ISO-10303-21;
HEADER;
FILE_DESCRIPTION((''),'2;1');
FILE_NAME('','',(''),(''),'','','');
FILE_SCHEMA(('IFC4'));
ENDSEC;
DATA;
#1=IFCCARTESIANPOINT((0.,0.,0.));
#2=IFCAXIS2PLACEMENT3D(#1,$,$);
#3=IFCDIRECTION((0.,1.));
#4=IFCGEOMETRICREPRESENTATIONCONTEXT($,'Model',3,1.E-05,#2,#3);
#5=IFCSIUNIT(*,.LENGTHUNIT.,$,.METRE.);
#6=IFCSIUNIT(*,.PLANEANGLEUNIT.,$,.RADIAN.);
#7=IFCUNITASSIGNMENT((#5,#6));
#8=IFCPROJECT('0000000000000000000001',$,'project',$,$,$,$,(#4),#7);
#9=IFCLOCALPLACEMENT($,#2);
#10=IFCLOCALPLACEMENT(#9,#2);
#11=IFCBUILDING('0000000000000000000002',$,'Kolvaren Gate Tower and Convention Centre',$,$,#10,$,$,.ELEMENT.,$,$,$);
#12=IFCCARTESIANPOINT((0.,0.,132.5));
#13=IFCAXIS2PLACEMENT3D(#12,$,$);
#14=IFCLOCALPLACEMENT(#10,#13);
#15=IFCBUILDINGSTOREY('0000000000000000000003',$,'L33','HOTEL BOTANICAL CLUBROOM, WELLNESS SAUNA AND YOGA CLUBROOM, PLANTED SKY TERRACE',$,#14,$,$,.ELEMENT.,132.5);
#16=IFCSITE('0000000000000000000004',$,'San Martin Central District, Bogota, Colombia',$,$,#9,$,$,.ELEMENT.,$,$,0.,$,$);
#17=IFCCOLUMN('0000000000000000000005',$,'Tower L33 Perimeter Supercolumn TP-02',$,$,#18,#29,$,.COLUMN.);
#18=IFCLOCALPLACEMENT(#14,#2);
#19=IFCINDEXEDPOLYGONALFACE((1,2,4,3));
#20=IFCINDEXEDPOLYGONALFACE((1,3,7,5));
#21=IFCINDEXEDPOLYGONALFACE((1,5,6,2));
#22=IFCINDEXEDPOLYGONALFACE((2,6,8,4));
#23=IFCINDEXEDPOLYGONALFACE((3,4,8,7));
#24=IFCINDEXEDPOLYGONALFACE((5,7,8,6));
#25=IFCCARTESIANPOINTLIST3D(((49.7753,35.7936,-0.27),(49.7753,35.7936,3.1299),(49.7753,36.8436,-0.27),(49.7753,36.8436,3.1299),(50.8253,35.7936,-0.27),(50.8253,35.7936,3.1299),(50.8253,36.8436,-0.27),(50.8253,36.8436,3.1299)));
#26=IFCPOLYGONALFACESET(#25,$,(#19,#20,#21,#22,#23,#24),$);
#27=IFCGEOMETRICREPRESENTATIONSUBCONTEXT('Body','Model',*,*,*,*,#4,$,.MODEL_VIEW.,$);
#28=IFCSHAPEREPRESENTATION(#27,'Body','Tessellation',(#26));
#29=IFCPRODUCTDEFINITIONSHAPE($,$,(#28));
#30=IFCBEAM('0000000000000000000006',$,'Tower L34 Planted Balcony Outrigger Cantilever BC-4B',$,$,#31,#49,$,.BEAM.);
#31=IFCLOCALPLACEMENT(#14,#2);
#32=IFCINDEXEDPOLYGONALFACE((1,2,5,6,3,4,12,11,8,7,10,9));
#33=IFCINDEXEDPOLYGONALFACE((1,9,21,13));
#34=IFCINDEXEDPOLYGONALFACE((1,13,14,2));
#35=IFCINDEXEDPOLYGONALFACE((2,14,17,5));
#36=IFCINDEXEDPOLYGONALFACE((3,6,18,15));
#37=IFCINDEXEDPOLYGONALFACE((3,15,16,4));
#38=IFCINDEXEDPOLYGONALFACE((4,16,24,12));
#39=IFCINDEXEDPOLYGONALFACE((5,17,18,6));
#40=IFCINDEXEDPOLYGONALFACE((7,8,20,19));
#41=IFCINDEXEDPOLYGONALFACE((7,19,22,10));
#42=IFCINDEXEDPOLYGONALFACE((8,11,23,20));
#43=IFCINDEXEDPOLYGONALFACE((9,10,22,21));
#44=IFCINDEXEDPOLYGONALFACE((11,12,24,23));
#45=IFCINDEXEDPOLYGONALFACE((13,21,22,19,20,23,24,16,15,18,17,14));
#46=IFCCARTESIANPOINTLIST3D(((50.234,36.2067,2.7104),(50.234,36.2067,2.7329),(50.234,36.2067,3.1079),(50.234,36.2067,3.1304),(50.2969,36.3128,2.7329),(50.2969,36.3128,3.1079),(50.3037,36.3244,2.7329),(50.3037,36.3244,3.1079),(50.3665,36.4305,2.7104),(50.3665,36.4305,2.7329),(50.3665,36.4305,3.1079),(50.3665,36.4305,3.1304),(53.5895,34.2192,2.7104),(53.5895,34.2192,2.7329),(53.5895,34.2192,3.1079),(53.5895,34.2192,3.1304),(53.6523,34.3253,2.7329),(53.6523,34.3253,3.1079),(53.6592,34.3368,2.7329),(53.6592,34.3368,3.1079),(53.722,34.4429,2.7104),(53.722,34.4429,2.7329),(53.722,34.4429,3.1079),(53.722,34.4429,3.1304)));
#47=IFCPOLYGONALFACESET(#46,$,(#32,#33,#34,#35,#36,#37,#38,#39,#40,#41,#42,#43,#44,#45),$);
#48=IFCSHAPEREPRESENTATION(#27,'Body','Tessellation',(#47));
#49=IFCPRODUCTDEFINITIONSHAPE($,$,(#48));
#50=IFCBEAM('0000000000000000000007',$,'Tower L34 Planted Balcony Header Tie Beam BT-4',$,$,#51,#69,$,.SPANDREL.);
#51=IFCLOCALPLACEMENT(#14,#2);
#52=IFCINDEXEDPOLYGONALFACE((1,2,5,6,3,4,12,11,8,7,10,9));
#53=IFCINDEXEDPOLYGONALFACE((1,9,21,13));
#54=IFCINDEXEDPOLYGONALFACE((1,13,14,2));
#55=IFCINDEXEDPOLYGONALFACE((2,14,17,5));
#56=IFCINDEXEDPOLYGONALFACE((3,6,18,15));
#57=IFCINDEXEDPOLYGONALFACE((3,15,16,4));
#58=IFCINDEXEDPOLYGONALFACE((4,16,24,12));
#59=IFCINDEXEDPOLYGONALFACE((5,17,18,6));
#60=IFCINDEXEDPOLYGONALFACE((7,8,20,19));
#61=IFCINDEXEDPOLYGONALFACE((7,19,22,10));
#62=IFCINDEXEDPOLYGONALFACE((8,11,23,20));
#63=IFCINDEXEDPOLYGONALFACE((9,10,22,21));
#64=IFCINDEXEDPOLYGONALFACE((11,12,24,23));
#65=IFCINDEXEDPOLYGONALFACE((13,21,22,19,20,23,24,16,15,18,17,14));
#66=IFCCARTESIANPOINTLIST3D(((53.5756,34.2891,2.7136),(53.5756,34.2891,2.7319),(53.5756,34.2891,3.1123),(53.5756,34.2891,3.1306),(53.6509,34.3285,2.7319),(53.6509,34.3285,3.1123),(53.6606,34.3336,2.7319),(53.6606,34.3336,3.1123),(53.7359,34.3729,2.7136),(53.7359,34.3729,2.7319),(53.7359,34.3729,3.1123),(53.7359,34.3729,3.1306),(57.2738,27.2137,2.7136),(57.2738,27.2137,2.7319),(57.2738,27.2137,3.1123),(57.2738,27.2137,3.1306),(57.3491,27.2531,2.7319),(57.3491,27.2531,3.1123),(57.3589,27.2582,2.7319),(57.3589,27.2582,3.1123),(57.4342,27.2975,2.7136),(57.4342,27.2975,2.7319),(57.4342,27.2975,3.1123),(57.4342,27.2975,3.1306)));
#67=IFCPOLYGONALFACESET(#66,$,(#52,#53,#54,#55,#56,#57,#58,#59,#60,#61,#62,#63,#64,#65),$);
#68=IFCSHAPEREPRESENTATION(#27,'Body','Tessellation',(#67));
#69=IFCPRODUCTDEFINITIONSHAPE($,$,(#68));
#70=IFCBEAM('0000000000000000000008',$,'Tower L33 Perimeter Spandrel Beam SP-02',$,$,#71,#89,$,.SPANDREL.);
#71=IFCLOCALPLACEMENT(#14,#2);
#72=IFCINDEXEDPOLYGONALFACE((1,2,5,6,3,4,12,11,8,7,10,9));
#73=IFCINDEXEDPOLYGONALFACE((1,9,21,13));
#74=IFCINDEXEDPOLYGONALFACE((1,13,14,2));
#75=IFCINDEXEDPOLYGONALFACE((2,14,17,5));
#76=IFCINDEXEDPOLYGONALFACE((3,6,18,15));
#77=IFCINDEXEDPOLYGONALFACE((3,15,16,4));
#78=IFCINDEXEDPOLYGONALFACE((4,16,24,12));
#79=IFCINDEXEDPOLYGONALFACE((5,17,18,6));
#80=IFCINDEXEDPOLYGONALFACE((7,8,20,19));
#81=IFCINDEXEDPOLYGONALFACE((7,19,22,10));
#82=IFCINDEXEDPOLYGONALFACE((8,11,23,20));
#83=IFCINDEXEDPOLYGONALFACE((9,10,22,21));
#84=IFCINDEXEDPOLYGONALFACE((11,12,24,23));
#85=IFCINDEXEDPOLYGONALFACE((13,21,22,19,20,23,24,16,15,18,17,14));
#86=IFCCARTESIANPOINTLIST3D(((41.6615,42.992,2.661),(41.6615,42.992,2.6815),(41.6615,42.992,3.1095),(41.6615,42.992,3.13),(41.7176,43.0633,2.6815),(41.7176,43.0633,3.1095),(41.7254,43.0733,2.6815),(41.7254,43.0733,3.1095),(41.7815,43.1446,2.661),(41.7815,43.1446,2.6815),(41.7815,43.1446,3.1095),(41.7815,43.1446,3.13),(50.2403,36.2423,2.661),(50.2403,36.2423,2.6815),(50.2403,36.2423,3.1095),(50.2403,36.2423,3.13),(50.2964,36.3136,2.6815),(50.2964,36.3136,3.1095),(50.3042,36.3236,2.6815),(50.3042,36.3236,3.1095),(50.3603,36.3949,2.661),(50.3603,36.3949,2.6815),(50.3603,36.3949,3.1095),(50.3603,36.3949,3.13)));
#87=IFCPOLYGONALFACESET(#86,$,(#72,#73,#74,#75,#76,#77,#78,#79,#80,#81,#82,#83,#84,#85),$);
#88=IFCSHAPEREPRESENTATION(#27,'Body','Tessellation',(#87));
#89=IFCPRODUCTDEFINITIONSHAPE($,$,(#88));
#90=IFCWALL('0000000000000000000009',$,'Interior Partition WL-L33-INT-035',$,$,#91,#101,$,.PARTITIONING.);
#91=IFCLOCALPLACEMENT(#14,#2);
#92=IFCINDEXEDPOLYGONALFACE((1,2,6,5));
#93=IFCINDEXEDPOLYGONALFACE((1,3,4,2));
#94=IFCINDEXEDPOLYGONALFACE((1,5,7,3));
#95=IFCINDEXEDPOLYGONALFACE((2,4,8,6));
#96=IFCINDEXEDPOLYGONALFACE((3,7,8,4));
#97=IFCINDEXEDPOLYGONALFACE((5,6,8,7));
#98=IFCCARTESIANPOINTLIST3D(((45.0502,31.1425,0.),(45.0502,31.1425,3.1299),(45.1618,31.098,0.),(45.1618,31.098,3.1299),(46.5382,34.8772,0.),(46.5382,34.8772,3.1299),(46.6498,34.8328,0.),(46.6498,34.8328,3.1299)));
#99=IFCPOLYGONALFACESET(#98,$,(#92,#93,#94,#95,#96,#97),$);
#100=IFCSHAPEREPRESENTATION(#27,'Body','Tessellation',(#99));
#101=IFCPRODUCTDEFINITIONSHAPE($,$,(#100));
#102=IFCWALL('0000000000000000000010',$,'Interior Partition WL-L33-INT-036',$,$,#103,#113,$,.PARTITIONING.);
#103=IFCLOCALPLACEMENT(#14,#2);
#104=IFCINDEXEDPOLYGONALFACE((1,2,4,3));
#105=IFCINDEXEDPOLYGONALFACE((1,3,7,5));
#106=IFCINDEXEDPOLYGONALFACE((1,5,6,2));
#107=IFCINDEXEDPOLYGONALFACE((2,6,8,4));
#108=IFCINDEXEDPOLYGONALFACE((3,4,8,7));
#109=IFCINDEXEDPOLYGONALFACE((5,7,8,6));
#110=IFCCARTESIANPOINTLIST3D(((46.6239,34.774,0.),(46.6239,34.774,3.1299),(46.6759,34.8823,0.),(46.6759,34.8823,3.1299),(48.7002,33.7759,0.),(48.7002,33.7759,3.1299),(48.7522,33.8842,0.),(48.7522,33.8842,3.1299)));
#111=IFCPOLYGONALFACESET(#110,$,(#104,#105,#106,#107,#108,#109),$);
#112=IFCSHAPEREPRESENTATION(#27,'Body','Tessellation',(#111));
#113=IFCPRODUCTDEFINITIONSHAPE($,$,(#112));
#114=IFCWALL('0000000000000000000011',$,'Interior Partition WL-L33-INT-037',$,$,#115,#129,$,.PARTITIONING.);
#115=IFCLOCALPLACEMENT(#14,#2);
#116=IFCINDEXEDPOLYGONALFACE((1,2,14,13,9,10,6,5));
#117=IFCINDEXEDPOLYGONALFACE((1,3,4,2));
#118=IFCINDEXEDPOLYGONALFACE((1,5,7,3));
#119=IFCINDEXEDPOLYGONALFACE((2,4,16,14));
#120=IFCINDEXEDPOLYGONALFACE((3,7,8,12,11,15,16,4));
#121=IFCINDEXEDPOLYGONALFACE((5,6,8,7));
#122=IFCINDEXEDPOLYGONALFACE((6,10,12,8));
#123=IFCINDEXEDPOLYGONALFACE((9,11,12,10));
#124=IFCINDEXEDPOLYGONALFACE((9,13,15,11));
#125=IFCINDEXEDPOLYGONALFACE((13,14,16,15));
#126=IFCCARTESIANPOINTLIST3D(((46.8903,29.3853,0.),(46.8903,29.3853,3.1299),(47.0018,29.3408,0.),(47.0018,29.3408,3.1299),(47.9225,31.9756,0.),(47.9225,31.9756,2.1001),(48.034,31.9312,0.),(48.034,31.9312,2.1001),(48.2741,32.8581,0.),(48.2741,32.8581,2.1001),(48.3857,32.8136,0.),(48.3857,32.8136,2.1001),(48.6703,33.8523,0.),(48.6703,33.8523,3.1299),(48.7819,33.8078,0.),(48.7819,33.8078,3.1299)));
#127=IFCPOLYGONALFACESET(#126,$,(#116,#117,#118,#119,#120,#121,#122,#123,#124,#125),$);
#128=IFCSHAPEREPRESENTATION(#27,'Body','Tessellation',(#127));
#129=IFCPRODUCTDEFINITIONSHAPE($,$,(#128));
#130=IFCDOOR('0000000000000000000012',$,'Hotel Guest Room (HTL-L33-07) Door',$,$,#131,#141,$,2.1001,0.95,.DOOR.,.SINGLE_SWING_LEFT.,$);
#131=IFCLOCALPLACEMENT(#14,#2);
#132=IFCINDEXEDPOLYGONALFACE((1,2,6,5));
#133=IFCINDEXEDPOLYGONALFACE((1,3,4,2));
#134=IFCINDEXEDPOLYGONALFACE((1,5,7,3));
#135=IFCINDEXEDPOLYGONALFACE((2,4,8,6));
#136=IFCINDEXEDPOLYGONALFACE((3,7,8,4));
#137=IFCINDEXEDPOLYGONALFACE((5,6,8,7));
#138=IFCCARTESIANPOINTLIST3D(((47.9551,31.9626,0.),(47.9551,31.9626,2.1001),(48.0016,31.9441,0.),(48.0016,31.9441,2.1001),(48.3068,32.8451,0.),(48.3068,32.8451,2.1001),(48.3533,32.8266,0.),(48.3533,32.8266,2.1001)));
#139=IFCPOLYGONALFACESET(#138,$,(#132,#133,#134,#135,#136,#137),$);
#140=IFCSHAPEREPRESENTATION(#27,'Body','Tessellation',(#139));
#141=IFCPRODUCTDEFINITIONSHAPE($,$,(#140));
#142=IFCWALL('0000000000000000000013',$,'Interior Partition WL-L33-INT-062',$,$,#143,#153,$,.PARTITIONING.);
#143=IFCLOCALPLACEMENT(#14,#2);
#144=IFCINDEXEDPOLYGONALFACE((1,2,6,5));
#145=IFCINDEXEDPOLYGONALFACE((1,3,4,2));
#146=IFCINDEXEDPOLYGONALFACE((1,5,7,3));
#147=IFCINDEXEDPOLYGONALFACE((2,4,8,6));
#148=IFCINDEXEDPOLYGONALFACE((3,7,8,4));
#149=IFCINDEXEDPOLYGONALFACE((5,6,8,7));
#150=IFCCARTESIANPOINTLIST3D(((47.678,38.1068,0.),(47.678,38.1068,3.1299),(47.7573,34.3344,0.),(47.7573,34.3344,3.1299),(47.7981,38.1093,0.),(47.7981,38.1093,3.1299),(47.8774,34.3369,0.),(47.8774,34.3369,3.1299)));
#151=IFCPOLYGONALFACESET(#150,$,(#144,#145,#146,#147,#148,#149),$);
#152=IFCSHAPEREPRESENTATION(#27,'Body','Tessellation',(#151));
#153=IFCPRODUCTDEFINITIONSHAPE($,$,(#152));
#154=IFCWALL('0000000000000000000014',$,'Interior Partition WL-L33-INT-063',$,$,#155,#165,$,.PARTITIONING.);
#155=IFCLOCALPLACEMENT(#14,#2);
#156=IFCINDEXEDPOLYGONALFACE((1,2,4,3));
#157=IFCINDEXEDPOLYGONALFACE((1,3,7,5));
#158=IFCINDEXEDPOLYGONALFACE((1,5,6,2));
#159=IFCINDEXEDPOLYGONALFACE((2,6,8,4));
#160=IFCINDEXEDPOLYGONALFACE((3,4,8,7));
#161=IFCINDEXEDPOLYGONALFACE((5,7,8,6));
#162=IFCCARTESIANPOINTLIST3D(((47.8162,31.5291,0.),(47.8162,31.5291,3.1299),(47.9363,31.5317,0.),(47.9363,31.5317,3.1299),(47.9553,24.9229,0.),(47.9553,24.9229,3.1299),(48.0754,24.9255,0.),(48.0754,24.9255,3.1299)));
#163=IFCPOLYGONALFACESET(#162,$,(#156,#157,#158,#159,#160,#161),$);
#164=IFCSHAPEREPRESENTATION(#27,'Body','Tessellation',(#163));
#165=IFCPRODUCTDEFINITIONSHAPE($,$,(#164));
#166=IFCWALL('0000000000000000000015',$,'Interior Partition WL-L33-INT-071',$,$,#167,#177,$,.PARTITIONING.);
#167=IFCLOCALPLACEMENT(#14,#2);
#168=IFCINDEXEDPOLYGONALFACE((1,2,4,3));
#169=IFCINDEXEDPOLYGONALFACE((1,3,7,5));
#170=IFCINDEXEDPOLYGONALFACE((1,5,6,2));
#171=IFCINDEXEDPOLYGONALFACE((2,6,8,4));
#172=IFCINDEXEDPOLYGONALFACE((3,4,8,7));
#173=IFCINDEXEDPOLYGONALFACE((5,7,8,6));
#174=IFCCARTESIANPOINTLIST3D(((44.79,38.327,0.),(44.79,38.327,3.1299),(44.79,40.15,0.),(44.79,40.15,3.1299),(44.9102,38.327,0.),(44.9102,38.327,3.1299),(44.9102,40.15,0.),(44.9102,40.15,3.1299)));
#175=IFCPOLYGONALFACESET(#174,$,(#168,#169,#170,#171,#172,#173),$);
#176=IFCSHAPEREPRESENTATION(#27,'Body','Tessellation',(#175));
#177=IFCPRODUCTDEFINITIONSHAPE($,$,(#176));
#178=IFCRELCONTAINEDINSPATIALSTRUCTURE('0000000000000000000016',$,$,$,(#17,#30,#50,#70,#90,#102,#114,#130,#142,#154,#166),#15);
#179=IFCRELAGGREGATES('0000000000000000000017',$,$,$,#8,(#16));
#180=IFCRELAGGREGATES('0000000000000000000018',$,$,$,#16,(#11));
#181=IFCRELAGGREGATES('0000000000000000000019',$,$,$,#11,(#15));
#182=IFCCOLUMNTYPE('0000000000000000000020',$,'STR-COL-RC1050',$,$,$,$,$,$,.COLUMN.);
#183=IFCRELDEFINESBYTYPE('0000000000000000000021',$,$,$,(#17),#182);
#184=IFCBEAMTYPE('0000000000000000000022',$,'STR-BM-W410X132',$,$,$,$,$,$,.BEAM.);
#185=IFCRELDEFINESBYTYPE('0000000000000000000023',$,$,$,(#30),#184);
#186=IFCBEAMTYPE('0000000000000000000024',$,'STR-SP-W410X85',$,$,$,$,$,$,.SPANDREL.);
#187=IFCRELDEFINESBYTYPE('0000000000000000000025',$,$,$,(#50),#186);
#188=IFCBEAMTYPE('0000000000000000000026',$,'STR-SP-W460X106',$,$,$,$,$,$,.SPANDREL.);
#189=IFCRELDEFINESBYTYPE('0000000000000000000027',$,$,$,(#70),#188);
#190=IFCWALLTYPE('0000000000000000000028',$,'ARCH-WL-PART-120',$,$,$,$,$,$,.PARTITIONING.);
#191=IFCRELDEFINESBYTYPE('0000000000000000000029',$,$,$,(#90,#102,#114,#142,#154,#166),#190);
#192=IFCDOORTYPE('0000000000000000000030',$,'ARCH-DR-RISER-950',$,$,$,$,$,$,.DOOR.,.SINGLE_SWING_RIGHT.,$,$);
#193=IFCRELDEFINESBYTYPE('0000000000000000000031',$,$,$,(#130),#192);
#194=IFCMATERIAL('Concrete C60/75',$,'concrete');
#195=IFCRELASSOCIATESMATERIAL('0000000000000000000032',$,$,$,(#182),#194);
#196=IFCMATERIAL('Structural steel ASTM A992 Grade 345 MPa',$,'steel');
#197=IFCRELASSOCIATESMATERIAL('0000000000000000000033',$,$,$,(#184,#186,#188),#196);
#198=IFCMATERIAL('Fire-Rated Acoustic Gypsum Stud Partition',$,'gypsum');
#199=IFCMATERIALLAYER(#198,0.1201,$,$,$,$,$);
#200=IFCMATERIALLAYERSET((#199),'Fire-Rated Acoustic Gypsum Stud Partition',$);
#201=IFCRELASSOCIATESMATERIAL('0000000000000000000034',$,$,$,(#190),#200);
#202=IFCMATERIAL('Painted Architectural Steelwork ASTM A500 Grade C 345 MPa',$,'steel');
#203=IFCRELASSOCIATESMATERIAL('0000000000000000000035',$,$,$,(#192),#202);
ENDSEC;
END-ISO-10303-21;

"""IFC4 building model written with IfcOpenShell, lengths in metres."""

from ifc_helpers import new_model, si_unit, direction, frame, frame_2d, origin, origin_2d, place, context, subcontext, project, spatial, rectangle, i_section, extrude, material, layer, layer_set, material_profile, profile_set, type_object, element, fill, save


model = new_model("IFC4")

# Units and contexts
model_context = context("Model", 3, precision=1e-05, world=origin(), true_north=direction((0.0, 1.0)))
body_context = subcontext(model_context, "Body", "Model", "MODEL_VIEW")
ifc_project = project(units=[si_unit("LENGTHUNIT", "METRE"), si_unit("PLANEANGLEUNIT", "RADIAN")], contexts=[model_context])

# Site, building, storey
site_placement = place(None, origin())
site = spatial("IfcSite", under=ifc_project, at=site_placement, Name="San Martin Central District, Bogota, Colombia", CompositionType="ELEMENT", RefElevation=0.0)
building_placement = place(site_placement, origin())
building = spatial("IfcBuilding", under=site, at=building_placement, Name="Kolvaren Gate Tower and Convention Centre", CompositionType="ELEMENT")
storey_placement = place(building_placement, frame((0.0, 0.0, 132.5)))
storey = spatial("IfcBuildingStorey", under=building, at=storey_placement, Name="L33", Description="HOTEL BOTANICAL CLUBROOM, WELLNESS SAUNA AND YOGA CLUBROOM, PLANTED SKY TERRACE", CompositionType="ELEMENT", Elevation=132.5)

# Column
ifc_material_1 = material(Name="Concrete C60/75", Category="concrete")
ifc_material_profile_1 = material_profile(ifc_material_1, rectangle(XDim=1.05, YDim=1.05, at=origin_2d()), Name="RC-COL-1050X1050")
ifc_profile_set_1 = profile_set([ifc_material_profile_1], Name="Concrete C60/75")
column_type = type_object("IfcColumnType", Name="STR-COL-RC1050", PredefinedType="COLUMN", material=ifc_profile_set_1)
column_placement = place(storey_placement, frame((50.3003, 36.3186, -0.27), z_axis=(0.0, 0.0, 1.0), x_axis=(1.0, 0.0, 0.0)))
element("IfcColumn", 1, at=column_placement, inside=storey, type_object=column_type, Name="Tower L33 Perimeter Supercolumn TP-02", PredefinedType="COLUMN", context=body_context, shape_type="SweptSolid", body=[
    extrude(rectangle(XDim=1.05, YDim=1.05, at=origin_2d()), origin(), (0.0, 0.0, 1.0), 3.3999),
])

# Beams
ifc_material_2 = material(Name="Structural steel ASTM A992 Grade 345 MPa", Category="steel")
ifc_material_profile_2 = material_profile(ifc_material_2, i_section(OverallWidth=0.26, OverallDepth=0.4199, WebThickness=0.0134, FlangeThickness=0.0225, at=origin_2d()), Name="W410X132")
ifc_profile_set_2 = profile_set([ifc_material_profile_2], Name="Structural steel ASTM A992 Grade 345 MPa")
beam_type_1 = type_object("IfcBeamType", Name="STR-BM-W410X132", PredefinedType="BEAM", material=ifc_profile_set_2)
beam_1_placement = place(storey_placement, frame((50.3003, 36.3186, 2.9204), z_axis=(0.86039, -0.509636, 0.0), x_axis=(0.509636, 0.86039, 0.0)))
element("IfcBeam", 2, at=beam_1_placement, inside=storey, type_object=beam_type_1, Name="Tower L34 Planted Balcony Outrigger Cantilever BC-4B", PredefinedType="BEAM", context=body_context, shape_type="SweptSolid", body=[
    extrude(i_section(OverallWidth=0.26, OverallDepth=0.4199, WebThickness=0.0134, FlangeThickness=0.0225, at=origin_2d()), origin(), (0.0, 0.0, 1.0), 3.8999),
])
ifc_material_profile_3 = material_profile(ifc_material_2, i_section(OverallWidth=0.1809, OverallDepth=0.417, WebThickness=0.011, FlangeThickness=0.0183, at=origin_2d()), Name="W410X85")
ifc_profile_set_3 = profile_set([ifc_material_profile_3], Name="Structural steel ASTM A992 Grade 345 MPa")
beam_type_2 = type_object("IfcBeamType", Name="STR-SP-W410X85", PredefinedType="SPANDREL", material=ifc_profile_set_3)
beam_2_placement = place(storey_placement, frame((57.354, 27.2556, 2.9221), z_axis=(-0.463226, 0.88624, 0.0), x_axis=(-0.88624, -0.463226, 0.0)))
element("IfcBeam", 3, at=beam_2_placement, inside=storey, type_object=beam_type_2, Name="Tower L34 Planted Balcony Header Tie Beam BT-4", PredefinedType="SPANDREL", context=body_context, shape_type="SweptSolid", body=[
    extrude(i_section(OverallWidth=0.1809, OverallDepth=0.417, WebThickness=0.011, FlangeThickness=0.0183, at=origin_2d()), origin(), (0.0, 0.0, 1.0), 7.9836),
])
ifc_material_profile_4 = material_profile(ifc_material_2, i_section(OverallWidth=0.1941, OverallDepth=0.469, WebThickness=0.0127, FlangeThickness=0.0205, at=origin_2d()), Name="W460X106")
ifc_profile_set_4 = profile_set([ifc_material_profile_4], Name="Structural steel ASTM A992 Grade 345 MPa")
beam_type_3 = type_object("IfcBeamType", Name="STR-SP-W460X106", PredefinedType="SPANDREL", material=ifc_profile_set_4)
beam_3_placement = place(storey_placement, frame((50.3003, 36.3186, 2.8955), z_axis=(-0.785908, 0.618344, 0.0), x_axis=(-0.618344, -0.785908, 0.0)))
element("IfcBeam", 4, at=beam_3_placement, inside=storey, type_object=beam_type_3, Name="Tower L33 Perimeter Spandrel Beam SP-02", PredefinedType="SPANDREL", context=body_context, shape_type="SweptSolid", body=[
    extrude(i_section(OverallWidth=0.1941, OverallDepth=0.469, WebThickness=0.0127, FlangeThickness=0.0205, at=origin_2d()), origin(), (0.0, 0.0, 1.0), 10.9158),
])

# Walls
ifc_material_3 = material(Name="Fire-Rated Acoustic Gypsum Stud Partition", Category="gypsum")
ifc_layer_1 = layer(ifc_material_3, 0.1201)
ifc_layer_set_1 = layer_set([ifc_layer_1], Name="Fire-Rated Acoustic Gypsum Stud Partition")
wall_type_1 = type_object("IfcWallType", Name="ARCH-WL-PART-120", PredefinedType="PARTITIONING", material=ifc_layer_set_1)
wall_1_placement = place(storey_placement, frame((45.106, 31.1201, 0.0), z_axis=(0.0, 0.0, 1.0), x_axis=(0.370123, 0.928983, 0.0)))
element("IfcWall", 5, at=wall_1_placement, inside=storey, type_object=wall_type_1, Name="Interior Partition WL-L33-INT-035", PredefinedType="PARTITIONING", context=body_context, shape_type="SweptSolid", body=[
    extrude(rectangle(XDim=4.0203, YDim=0.1201, at=frame_2d((2.0103, 0.0))), origin(), (0.0, 0.0, 1.0), 3.1299),
])
wall_2_placement = place(storey_placement, frame((46.6499, 34.8281, 0.0), z_axis=(0.0, 0.0, 1.0), x_axis=(0.901272, -0.433255, 0.0)))
element("IfcWall", 6, at=wall_2_placement, inside=storey, type_object=wall_type_1, Name="Interior Partition WL-L33-INT-036", PredefinedType="PARTITIONING", context=body_context, shape_type="SweptSolid", body=[
    extrude(rectangle(XDim=2.3037, YDim=0.1201, at=frame_2d((1.1519, 0.0))), origin(), (0.0, 0.0, 1.0), 3.1299),
])

# Wall, opening, door
wall_3_placement = place(storey_placement, frame((46.946, 29.363, 0.0), z_axis=(0.0, 0.0, 1.0), x_axis=(0.370174, 0.928963, 0.0)))
wall_3 = element("IfcWall", 7, at=wall_3_placement, inside=storey, type_object=wall_type_1, Name="Interior Partition WL-L33-INT-037", PredefinedType="PARTITIONING", context=body_context, shape_type="SweptSolid", body=[
    extrude(rectangle(XDim=4.8086, YDim=0.1201, at=frame_2d((2.4043, 0.0))), origin(), (0.0, 0.0, 1.0), 3.1299),
])
opening_1_placement = place(wall_3_placement, frame((2.7883, 0.0, 0.0)))
opening_1 = element("IfcOpeningElement", 8, at=opening_1_placement, cuts=wall_3, PredefinedType="OPENING", context=body_context, shape_type="SweptSolid", body=[
    extrude(rectangle(XDim=0.95, YDim=2.1001, at=frame_2d((0.4751, 1.05))), frame((0.0, 0.0701, 0.0), z_axis=(0.0, -1.0, 0.0), x_axis=(1.0, 0.0, 0.0)), (0.0, 0.0, 1.0), 0.1401),
])
ifc_material_4 = material(Name="Painted Architectural Steelwork ASTM A500 Grade C 345 MPa", Category="steel")
door_type_1 = type_object("IfcDoorType", Name="ARCH-DR-RISER-950", OperationType="SINGLE_SWING_RIGHT", PredefinedType="DOOR", material=ifc_material_4)
door_1_placement = place(opening_1_placement, origin())
door_1 = element("IfcDoor", 9, at=door_1_placement, inside=storey, type_object=door_type_1, Name="Hotel Guest Room (HTL-L33-07) Door", OperationType="SINGLE_SWING_LEFT", OverallHeight=2.1001, OverallWidth=0.95, PredefinedType="DOOR", context=body_context, shape_type="SweptSolid", body=[
    extrude(rectangle(XDim=0.95, YDim=2.1001, at=frame_2d((0.4751, 1.05))), frame((0.0, 0.0249, 0.0), z_axis=(0.0, -1.0, 0.0), x_axis=(1.0, 0.0, 0.0)), (0.0, 0.0, 1.0), 0.05),
])
fill(opening_1, door_1)

# Walls
wall_4_placement = place(storey_placement, frame((47.738, 38.1082, 0.0), z_axis=(0.0, 0.0, 1.0), x_axis=(0.021028, -0.999779, 0.0)))
element("IfcWall", 10, at=wall_4_placement, inside=storey, type_object=wall_type_1, Name="Interior Partition WL-L33-INT-062", PredefinedType="PARTITIONING", context=body_context, shape_type="SweptSolid", body=[
    extrude(rectangle(XDim=3.7732, YDim=0.1201, at=frame_2d((1.8867, 0.0))), origin(), (0.0, 0.0, 1.0), 3.1299),
])
wall_5_placement = place(storey_placement, frame((47.8762, 31.5303, 0.0), z_axis=(0.0, 0.0, 1.0), x_axis=(0.02106, -0.999778, 0.0)))
element("IfcWall", 11, at=wall_5_placement, inside=storey, type_object=wall_type_1, Name="Interior Partition WL-L33-INT-063", PredefinedType="PARTITIONING", context=body_context, shape_type="SweptSolid", body=[
    extrude(rectangle(XDim=6.6077, YDim=0.1201, at=frame_2d((3.3037, 0.0))), origin(), (0.0, 0.0, 1.0), 3.1299),
])
wall_6_placement = place(storey_placement, frame((44.8501, 38.3269, 0.0), z_axis=(0.0, 0.0, 1.0), x_axis=(0.0, 1.0, 0.0)))
element("IfcWall", 12, at=wall_6_placement, inside=storey, type_object=wall_type_1, Name="Interior Partition WL-L33-INT-071", PredefinedType="PARTITIONING", context=body_context, shape_type="SweptSolid", body=[
    extrude(rectangle(XDim=1.823, YDim=0.1201, at=frame_2d((0.9116, 0.0))), origin(), (0.0, 0.0, 1.0), 3.1299),
])

save(model, "model.ifc")
